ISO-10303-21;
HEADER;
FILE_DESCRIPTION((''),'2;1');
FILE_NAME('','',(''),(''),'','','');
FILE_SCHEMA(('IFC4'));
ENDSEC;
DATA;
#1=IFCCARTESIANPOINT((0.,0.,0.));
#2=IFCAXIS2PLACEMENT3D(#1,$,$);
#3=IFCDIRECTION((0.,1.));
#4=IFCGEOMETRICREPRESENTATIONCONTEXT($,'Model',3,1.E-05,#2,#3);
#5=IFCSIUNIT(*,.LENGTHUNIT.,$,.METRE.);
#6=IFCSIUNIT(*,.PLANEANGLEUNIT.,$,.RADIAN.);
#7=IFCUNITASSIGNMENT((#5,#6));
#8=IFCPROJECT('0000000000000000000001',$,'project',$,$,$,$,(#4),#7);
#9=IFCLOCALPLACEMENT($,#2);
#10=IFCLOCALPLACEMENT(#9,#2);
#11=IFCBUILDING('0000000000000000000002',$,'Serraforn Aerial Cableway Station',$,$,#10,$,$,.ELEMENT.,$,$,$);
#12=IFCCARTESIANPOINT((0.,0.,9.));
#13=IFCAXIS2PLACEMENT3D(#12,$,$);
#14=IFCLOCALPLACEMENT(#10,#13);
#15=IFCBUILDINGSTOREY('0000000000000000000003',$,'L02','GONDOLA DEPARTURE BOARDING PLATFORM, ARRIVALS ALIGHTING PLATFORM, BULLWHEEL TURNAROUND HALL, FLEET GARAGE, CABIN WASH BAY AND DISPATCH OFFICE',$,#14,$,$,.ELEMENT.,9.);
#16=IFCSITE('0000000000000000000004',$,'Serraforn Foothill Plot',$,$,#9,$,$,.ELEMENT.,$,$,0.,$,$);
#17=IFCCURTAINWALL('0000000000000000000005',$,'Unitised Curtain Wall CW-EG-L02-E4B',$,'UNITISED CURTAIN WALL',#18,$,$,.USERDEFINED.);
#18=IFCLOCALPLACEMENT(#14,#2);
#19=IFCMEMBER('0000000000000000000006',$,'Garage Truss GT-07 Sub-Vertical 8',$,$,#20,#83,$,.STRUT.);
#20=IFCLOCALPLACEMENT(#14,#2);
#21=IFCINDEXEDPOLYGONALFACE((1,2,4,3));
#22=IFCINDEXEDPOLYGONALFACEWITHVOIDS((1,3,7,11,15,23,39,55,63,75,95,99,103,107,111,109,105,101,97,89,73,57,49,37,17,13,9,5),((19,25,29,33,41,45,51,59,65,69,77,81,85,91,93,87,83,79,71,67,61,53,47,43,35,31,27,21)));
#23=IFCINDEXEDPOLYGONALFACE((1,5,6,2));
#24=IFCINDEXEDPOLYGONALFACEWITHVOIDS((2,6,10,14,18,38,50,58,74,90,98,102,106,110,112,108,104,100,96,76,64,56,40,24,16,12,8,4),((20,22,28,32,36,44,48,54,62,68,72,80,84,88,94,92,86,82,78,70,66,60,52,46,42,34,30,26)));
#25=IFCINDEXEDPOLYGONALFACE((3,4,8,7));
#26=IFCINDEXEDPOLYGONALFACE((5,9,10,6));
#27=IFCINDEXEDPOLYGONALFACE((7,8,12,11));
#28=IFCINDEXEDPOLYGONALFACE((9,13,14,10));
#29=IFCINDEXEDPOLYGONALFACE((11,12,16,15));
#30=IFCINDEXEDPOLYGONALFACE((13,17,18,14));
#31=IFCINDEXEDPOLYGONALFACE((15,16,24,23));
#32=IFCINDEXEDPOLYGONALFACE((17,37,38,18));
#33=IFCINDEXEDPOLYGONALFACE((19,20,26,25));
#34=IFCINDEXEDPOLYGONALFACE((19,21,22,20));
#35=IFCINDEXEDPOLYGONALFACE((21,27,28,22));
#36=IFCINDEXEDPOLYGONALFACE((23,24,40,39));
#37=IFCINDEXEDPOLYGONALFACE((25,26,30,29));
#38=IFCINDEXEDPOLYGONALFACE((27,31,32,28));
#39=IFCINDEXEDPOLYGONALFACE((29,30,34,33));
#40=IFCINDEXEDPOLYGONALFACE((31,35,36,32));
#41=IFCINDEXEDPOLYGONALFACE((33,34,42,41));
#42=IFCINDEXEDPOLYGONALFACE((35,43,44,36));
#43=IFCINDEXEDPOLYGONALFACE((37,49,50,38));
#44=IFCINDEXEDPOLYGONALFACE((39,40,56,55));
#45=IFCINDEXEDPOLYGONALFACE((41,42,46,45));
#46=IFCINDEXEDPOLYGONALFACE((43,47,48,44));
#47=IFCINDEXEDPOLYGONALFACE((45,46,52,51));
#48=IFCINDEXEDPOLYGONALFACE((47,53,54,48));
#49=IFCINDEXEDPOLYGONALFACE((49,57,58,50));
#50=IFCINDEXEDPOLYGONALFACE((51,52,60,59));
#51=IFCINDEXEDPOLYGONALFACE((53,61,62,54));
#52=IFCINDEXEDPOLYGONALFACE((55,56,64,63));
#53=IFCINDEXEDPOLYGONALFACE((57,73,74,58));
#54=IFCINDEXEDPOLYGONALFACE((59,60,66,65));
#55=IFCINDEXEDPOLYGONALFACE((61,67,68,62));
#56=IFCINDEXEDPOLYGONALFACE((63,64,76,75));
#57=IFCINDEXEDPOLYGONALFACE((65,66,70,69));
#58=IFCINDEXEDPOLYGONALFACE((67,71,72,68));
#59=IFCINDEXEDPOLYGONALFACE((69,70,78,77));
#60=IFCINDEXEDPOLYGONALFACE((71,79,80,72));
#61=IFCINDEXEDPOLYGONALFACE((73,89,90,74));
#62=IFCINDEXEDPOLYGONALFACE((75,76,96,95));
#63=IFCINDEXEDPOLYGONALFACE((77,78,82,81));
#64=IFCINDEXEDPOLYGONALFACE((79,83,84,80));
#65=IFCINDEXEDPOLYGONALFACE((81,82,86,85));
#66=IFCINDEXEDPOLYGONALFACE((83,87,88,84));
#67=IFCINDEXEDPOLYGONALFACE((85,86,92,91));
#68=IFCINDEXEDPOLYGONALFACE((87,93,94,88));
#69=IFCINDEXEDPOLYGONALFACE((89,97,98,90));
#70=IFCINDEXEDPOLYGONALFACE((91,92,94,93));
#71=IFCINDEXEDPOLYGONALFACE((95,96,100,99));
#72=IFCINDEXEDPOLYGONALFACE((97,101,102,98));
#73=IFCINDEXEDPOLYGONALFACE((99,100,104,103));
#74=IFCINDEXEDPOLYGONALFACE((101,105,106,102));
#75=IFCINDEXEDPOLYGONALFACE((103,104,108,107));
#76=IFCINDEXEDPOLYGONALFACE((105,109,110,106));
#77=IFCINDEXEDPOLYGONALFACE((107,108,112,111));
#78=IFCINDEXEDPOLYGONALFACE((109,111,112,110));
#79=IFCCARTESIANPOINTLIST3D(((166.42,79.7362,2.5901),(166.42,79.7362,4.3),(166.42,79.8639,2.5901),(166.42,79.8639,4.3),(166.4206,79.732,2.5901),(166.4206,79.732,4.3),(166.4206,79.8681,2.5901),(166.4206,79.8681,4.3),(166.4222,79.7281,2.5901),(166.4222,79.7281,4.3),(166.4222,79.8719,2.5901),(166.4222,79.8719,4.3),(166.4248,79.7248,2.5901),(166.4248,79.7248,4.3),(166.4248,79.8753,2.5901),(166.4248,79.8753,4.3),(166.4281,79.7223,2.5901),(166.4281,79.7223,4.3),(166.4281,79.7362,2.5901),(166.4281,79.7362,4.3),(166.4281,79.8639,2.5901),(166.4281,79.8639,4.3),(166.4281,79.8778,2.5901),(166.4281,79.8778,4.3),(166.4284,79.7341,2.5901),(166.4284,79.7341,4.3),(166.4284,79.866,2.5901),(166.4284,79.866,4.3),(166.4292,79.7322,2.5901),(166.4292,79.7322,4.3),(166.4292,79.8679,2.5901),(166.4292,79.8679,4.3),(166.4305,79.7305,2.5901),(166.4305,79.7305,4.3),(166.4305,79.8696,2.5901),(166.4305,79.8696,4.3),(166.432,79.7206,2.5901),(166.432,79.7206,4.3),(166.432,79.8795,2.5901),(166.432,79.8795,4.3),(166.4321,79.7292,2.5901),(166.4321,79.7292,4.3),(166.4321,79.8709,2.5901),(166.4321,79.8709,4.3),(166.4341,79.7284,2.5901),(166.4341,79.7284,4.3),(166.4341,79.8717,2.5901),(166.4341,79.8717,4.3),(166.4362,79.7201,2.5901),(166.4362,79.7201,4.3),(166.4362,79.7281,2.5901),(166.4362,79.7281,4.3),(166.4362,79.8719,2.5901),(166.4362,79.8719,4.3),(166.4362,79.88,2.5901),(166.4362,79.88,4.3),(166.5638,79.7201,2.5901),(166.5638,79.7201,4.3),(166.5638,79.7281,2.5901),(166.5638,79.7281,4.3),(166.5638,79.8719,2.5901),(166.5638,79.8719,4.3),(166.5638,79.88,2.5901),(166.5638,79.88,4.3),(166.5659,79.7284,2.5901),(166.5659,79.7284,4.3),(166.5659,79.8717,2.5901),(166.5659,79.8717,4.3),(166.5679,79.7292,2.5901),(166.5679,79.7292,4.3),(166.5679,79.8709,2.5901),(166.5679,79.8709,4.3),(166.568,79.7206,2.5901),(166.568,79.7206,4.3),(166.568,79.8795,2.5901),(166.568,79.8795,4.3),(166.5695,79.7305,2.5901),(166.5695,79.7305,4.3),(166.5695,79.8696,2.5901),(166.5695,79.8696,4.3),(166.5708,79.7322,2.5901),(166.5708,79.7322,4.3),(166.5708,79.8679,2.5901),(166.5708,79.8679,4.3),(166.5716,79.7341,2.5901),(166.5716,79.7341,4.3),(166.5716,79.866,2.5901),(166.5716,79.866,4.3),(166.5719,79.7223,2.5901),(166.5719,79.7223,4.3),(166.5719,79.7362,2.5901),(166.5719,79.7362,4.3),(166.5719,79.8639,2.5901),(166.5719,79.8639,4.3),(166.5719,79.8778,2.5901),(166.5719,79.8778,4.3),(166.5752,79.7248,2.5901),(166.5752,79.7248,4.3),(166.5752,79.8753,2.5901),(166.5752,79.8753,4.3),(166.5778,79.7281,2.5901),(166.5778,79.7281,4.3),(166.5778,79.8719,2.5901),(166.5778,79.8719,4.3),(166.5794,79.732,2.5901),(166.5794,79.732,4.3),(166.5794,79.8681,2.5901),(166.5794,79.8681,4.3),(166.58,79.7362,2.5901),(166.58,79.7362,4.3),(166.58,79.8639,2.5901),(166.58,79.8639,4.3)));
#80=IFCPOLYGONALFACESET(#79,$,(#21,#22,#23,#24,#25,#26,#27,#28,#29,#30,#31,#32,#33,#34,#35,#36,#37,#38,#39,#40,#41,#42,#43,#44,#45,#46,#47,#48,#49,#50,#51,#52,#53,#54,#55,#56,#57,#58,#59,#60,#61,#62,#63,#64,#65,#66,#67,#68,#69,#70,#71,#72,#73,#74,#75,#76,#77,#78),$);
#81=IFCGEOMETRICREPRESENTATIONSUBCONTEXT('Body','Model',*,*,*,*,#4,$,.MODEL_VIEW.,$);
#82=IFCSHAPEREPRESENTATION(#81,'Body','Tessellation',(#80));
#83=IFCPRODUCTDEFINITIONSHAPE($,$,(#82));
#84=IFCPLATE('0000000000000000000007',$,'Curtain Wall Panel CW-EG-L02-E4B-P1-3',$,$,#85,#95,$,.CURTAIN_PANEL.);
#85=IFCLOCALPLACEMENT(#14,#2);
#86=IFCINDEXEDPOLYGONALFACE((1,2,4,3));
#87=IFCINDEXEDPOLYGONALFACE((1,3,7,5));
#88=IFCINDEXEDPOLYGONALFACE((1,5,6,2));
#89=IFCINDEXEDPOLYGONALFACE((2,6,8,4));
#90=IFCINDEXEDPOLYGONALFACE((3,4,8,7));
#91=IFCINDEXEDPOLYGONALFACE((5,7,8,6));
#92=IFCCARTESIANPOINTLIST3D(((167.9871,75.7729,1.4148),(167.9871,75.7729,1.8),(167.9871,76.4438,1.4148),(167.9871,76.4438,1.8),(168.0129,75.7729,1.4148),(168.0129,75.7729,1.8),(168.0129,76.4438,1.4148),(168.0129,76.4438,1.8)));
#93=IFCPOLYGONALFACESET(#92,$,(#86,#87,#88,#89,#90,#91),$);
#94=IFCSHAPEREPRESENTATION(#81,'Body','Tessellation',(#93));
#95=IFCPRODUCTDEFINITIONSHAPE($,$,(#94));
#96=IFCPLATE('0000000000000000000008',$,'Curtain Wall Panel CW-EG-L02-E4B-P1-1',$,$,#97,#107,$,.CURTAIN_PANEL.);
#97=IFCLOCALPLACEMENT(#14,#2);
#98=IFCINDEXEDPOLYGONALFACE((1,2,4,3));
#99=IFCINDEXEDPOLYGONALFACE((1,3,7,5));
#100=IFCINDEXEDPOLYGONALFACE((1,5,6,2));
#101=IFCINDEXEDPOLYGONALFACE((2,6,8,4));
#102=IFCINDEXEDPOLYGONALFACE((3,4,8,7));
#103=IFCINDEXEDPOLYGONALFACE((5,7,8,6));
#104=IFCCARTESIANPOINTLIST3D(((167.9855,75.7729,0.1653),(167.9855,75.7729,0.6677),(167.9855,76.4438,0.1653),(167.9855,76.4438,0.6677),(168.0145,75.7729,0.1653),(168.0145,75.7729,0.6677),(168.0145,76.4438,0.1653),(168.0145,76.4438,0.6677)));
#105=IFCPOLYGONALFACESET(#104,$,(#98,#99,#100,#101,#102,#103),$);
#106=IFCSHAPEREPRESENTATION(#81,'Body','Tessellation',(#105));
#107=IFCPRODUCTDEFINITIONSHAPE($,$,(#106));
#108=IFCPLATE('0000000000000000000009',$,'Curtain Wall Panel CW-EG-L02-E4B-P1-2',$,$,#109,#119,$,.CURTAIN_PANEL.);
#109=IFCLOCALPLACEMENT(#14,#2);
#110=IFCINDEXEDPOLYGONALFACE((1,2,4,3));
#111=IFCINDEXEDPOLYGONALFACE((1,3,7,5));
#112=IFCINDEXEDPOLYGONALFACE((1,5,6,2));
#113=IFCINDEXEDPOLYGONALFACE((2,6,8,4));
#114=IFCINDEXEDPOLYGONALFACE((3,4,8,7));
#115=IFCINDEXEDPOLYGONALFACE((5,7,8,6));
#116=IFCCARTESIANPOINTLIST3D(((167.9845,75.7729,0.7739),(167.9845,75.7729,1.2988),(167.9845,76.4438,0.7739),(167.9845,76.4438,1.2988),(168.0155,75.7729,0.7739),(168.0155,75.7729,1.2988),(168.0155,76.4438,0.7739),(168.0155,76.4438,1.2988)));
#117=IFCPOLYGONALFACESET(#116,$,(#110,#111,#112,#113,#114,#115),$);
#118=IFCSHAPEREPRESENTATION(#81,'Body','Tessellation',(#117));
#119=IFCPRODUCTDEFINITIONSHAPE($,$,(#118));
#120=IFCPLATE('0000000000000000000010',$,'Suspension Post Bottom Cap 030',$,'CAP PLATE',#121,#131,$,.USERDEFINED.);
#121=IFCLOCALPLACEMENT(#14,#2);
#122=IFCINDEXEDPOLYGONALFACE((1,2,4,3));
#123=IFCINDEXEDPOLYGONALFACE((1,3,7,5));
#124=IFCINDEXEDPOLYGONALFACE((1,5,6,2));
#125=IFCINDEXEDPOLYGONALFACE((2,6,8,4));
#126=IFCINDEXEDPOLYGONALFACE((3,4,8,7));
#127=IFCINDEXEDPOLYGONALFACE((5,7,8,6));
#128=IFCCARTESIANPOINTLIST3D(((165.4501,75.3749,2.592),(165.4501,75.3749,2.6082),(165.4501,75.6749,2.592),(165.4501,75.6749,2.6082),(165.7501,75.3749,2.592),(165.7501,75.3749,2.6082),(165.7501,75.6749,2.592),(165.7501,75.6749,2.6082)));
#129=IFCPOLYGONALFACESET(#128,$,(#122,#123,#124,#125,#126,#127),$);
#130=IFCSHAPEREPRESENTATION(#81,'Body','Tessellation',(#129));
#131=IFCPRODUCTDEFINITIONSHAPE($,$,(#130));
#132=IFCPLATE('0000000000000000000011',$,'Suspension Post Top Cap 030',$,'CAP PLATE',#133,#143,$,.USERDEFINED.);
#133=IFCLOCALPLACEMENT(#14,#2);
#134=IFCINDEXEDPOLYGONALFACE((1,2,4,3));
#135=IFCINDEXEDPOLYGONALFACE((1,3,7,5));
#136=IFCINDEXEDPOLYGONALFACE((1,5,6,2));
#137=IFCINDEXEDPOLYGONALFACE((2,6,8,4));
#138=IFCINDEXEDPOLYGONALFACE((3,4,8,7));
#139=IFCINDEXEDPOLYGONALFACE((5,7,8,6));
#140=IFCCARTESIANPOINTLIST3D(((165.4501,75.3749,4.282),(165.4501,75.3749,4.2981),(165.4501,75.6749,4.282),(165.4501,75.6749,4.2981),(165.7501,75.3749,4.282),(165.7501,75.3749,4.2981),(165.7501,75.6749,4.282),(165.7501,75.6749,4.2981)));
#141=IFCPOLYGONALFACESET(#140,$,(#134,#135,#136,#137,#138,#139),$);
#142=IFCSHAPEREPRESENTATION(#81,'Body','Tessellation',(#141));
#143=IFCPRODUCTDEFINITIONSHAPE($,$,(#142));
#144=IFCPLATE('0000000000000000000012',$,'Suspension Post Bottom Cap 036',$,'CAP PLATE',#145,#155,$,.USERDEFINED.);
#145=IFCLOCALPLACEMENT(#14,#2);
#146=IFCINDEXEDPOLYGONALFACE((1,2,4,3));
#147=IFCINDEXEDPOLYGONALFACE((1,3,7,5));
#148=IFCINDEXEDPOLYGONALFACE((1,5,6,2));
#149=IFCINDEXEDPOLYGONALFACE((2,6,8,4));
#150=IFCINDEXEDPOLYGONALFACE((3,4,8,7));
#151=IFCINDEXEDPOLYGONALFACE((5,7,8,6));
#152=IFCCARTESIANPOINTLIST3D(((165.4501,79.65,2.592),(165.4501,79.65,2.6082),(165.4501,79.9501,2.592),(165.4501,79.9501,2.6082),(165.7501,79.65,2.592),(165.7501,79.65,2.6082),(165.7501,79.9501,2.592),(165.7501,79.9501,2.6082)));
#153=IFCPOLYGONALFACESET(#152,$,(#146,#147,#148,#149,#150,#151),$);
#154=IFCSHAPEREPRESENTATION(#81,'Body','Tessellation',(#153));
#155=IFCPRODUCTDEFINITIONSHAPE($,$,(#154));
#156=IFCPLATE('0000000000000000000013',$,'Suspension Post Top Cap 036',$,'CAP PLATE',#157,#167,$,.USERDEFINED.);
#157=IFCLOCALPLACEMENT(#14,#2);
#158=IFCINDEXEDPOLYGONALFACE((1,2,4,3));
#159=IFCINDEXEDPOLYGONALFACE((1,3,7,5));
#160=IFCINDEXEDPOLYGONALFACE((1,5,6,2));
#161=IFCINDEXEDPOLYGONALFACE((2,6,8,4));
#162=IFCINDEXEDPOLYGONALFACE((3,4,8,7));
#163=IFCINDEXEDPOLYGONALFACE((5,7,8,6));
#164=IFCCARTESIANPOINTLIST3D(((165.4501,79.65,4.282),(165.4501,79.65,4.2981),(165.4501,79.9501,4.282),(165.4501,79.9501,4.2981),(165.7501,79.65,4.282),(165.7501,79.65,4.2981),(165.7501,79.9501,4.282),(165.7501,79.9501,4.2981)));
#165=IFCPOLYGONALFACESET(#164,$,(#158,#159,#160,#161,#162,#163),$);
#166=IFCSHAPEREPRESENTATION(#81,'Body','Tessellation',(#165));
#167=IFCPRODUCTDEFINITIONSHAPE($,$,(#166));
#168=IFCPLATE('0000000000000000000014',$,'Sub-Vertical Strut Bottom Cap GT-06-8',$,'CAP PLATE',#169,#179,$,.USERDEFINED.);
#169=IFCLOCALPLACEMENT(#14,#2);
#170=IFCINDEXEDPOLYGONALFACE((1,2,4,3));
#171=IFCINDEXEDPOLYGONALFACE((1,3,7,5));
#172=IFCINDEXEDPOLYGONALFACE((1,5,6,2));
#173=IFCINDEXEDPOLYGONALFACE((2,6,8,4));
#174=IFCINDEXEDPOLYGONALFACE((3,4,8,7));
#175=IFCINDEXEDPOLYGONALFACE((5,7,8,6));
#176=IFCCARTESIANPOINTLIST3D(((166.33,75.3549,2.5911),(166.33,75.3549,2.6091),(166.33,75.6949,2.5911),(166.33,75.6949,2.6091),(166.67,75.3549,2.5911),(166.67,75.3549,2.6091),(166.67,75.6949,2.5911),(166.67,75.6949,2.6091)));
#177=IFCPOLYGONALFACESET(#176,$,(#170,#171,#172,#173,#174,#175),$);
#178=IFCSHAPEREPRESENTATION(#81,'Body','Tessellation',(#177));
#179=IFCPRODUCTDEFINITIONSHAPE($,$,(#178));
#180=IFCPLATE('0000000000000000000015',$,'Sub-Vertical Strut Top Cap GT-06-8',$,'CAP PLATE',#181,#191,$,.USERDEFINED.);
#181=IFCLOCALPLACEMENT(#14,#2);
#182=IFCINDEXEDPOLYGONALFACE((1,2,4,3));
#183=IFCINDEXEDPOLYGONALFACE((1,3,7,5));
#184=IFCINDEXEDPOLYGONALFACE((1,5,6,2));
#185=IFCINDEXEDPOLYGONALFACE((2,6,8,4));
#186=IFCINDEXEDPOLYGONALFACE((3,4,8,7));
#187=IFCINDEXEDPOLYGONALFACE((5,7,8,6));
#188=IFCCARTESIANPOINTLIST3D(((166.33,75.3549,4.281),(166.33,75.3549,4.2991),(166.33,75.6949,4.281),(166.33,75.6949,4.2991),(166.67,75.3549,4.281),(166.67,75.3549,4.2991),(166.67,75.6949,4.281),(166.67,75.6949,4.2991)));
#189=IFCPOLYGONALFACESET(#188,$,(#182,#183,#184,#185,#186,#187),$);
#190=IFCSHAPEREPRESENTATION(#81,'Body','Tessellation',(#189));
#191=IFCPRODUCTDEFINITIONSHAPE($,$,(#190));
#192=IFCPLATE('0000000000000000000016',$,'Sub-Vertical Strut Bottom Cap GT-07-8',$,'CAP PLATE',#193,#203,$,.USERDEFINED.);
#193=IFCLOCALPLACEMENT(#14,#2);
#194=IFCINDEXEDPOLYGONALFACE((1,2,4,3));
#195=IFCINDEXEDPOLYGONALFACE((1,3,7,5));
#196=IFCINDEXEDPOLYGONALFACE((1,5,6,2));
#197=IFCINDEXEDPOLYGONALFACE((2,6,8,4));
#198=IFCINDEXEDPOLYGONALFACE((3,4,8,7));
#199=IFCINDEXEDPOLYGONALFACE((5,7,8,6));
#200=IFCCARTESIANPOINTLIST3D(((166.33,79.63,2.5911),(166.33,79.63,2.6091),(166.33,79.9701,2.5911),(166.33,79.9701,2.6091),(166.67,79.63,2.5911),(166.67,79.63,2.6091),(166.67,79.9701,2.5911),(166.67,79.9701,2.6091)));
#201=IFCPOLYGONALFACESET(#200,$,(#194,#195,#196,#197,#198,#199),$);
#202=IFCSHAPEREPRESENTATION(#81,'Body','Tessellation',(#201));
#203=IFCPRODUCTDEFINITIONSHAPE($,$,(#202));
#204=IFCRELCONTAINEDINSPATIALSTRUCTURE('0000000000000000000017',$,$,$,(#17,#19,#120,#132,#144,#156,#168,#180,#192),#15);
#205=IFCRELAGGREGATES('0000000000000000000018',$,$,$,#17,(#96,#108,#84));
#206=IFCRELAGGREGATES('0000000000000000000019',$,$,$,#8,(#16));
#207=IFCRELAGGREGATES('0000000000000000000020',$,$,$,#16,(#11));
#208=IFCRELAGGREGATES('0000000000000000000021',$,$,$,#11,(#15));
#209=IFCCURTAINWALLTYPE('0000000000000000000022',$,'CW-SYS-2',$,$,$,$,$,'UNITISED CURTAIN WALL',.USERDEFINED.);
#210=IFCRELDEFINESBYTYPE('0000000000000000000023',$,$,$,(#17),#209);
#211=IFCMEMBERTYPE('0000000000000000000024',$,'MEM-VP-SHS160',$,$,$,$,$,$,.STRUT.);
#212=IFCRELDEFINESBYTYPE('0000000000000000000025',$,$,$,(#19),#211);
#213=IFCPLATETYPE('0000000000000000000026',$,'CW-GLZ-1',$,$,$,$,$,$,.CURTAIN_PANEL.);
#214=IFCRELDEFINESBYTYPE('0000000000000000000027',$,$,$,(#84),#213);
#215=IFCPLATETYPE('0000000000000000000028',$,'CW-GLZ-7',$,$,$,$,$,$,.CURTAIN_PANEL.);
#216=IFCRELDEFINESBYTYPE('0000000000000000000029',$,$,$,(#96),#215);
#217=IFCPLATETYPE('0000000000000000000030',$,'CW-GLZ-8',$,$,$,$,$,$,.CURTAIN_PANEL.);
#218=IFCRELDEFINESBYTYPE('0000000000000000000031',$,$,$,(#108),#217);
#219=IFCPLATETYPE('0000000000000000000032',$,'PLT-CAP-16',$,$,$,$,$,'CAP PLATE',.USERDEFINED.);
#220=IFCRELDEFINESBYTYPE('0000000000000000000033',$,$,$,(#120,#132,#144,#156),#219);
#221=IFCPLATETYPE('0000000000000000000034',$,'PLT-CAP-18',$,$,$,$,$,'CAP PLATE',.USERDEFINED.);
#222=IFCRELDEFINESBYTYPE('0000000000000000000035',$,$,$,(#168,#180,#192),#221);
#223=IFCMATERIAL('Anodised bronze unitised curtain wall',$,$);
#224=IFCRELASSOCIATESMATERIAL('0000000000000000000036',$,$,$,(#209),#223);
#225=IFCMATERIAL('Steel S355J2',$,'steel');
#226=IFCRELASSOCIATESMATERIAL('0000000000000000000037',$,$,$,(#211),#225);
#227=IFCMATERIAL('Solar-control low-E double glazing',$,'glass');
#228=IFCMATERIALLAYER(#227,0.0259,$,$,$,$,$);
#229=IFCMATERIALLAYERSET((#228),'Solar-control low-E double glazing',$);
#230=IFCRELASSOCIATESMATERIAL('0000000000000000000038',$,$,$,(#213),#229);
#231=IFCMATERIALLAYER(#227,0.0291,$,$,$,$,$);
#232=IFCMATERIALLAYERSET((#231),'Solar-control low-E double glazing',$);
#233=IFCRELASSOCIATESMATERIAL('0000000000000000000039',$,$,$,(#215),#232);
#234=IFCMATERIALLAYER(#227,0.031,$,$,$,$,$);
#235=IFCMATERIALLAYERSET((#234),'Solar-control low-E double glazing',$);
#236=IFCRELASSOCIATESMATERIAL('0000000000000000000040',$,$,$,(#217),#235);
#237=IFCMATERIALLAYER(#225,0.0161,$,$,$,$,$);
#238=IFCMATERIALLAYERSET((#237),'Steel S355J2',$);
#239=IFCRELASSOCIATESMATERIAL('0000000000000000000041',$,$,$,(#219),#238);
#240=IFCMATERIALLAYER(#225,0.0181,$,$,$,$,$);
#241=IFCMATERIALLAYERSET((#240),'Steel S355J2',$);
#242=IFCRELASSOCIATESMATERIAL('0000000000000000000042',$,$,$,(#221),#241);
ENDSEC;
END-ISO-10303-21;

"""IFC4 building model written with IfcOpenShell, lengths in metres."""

from ifc_helpers import new_model, si_unit, direction, frame, origin, origin_2d, place, context, subcontext, project, spatial, rectangle, hollow_rectangle, extrude, material, layer, layer_set, material_profile, profile_set, type_object, element, aggregate, save


model = new_model("IFC4")

# Units and contexts
model_context = context("Model", 3, precision=1e-05, world=origin(), true_north=direction((0.0, 1.0)))
body_context = subcontext(model_context, "Body", "Model", "MODEL_VIEW")
ifc_project = project(units=[si_unit("LENGTHUNIT", "METRE"), si_unit("PLANEANGLEUNIT", "RADIAN")], contexts=[model_context])

# Site, building, storey
site_placement = place(None, origin())
site = spatial("IfcSite", under=ifc_project, at=site_placement, Name="Serraforn Foothill Plot", CompositionType="ELEMENT", RefElevation=0.0)
building_placement = place(site_placement, origin())
building = spatial("IfcBuilding", under=site, at=building_placement, Name="Serraforn Aerial Cableway Station", CompositionType="ELEMENT")
storey_placement = place(building_placement, frame((0.0, 0.0, 9.0)))
storey = spatial("IfcBuildingStorey", under=building, at=storey_placement, Name="L02", Description="GONDOLA DEPARTURE BOARDING PLATFORM, ARRIVALS ALIGHTING PLATFORM, BULLWHEEL TURNAROUND HALL, FLEET GARAGE, CABIN WASH BAY AND DISPATCH OFFICE", CompositionType="ELEMENT", Elevation=9.0)

# Curtain wall
ifc_material_1 = material(Name="Anodised bronze unitised curtain wall")
curtain_wall_type = type_object("IfcCurtainWallType", Name="CW-SYS-2", ElementType="UNITISED CURTAIN WALL", PredefinedType="USERDEFINED", material=ifc_material_1)
curtain_wall_placement = place(storey_placement, origin())
curtain_wall = element("IfcCurtainWall", 1, at=curtain_wall_placement, inside=storey, type_object=curtain_wall_type, Name="Unitised Curtain Wall CW-EG-L02-E4B", ObjectType="UNITISED CURTAIN WALL", PredefinedType="USERDEFINED")

# Member
ifc_material_2 = material(Name="Steel S355J2", Category="steel")
ifc_material_profile_1 = material_profile(ifc_material_2, hollow_rectangle(XDim=0.1599, YDim=0.1599, WallThickness=0.0081, InnerFilletRadius=0.0081, OuterFilletRadius=0.0161, at=origin_2d()), Name="SHS 160x160x8.0")
ifc_profile_set_1 = profile_set([ifc_material_profile_1], Name="Steel S355J2")
member_type_1 = type_object("IfcMemberType", Name="MEM-VP-SHS160", PredefinedType="STRUT", material=ifc_profile_set_1)
for number, where, z_axis, x_axis, name in (
    (2, (166.5, 79.8, 2.5901), (0.0, 0.0, 1.0), (1.0, 0.0, 0.0), "Garage Truss GT-07 Sub-Vertical 8"),
):
    element("IfcMember", number, at=place(storey_placement, frame(where, z_axis=z_axis, x_axis=x_axis)), inside=storey, type_object=member_type_1, Name=name, PredefinedType="STRUT", context=body_context, shape_type="SweptSolid", body=[
        extrude(hollow_rectangle(XDim=0.1599, YDim=0.1599, WallThickness=0.0081, InnerFilletRadius=0.0081, OuterFilletRadius=0.0161, at=origin_2d()), origin(), (0.0, 0.0, 1.0), 1.71),
    ])

# Plates
ifc_material_3 = material(Name="Solar-control low-E double glazing", Category="glass")
ifc_layer_1 = layer(ifc_material_3, 0.0259)
ifc_layer_set_1 = layer_set([ifc_layer_1], Name="Solar-control low-E double glazing")
plate_type_1 = type_object("IfcPlateType", Name="CW-GLZ-1", PredefinedType="CURTAIN_PANEL", material=ifc_layer_set_1)
plate_1_placement = place(storey_placement, frame((168.0, 76.1084, 1.4148), z_axis=(0.0, 0.0, 1.0), x_axis=(1.0, 0.0, 0.0)))
plate_1 = element("IfcPlate", 3, at=plate_1_placement, type_object=plate_type_1, Name="Curtain Wall Panel CW-EG-L02-E4B-P1-3", PredefinedType="CURTAIN_PANEL", context=body_context, shape_type="SweptSolid", body=[
    extrude(rectangle(XDim=0.0259, YDim=0.6709, at=origin_2d()), origin(), (0.0, 0.0, 1.0), 0.3853),
])
ifc_layer_2 = layer(ifc_material_3, 0.0291)
ifc_layer_set_2 = layer_set([ifc_layer_2], Name="Solar-control low-E double glazing")
plate_type_2 = type_object("IfcPlateType", Name="CW-GLZ-7", PredefinedType="CURTAIN_PANEL", material=ifc_layer_set_2)
plate_2_placement = place(storey_placement, frame((168.0, 76.1084, 0.1653), z_axis=(0.0, 0.0, 1.0), x_axis=(1.0, 0.0, 0.0)))
plate_2 = element("IfcPlate", 4, at=plate_2_placement, type_object=plate_type_2, Name="Curtain Wall Panel CW-EG-L02-E4B-P1-1", PredefinedType="CURTAIN_PANEL", context=body_context, shape_type="SweptSolid", body=[
    extrude(rectangle(XDim=0.0291, YDim=0.6709, at=origin_2d()), origin(), (0.0, 0.0, 1.0), 0.5024),
])
ifc_layer_3 = layer(ifc_material_3, 0.031)
ifc_layer_set_3 = layer_set([ifc_layer_3], Name="Solar-control low-E double glazing")
plate_type_3 = type_object("IfcPlateType", Name="CW-GLZ-8", PredefinedType="CURTAIN_PANEL", material=ifc_layer_set_3)
plate_3_placement = place(storey_placement, frame((168.0, 76.1084, 0.7739), z_axis=(0.0, 0.0, 1.0), x_axis=(1.0, 0.0, 0.0)))
plate_3 = element("IfcPlate", 5, at=plate_3_placement, type_object=plate_type_3, Name="Curtain Wall Panel CW-EG-L02-E4B-P1-2", PredefinedType="CURTAIN_PANEL", context=body_context, shape_type="SweptSolid", body=[
    extrude(rectangle(XDim=0.031, YDim=0.6709, at=origin_2d()), origin(), (0.0, 0.0, 1.0), 0.5249),
])
aggregate(curtain_wall, [plate_2, plate_3, plate_1])

# Plates
ifc_layer_4 = layer(ifc_material_2, 0.0161)
ifc_layer_set_4 = layer_set([ifc_layer_4], Name="Steel S355J2")
plate_type_4 = type_object("IfcPlateType", Name="PLT-CAP-16", ElementType="CAP PLATE", PredefinedType="USERDEFINED", material=ifc_layer_set_4)
for number, where, z_axis, x_axis, name in (
    (6, (165.6001, 75.5249, 2.592), (0.0, 0.0, 1.0), (1.0, 0.0, 0.0), "Suspension Post Bottom Cap 030"),
    (7, (165.6001, 75.5249, 4.282), (0.0, 0.0, 1.0), (1.0, 0.0, 0.0), "Suspension Post Top Cap 030"),
    (8, (165.6001, 79.8, 2.592), (0.0, 0.0, 1.0), (1.0, 0.0, 0.0), "Suspension Post Bottom Cap 036"),
    (9, (165.6001, 79.8, 4.282), (0.0, 0.0, 1.0), (1.0, 0.0, 0.0), "Suspension Post Top Cap 036"),
):
    element("IfcPlate", number, at=place(storey_placement, frame(where, z_axis=z_axis, x_axis=x_axis)), inside=storey, type_object=plate_type_4, Name=name, ObjectType="CAP PLATE", PredefinedType="USERDEFINED", context=body_context, shape_type="SweptSolid", body=[
        extrude(rectangle(XDim=0.3, YDim=0.3, at=origin_2d()), origin(), (0.0, 0.0, 1.0), 0.0161),
    ])
ifc_layer_5 = layer(ifc_material_2, 0.0181)
ifc_layer_set_5 = layer_set([ifc_layer_5], Name="Steel S355J2")
plate_type_5 = type_object("IfcPlateType", Name="PLT-CAP-18", ElementType="CAP PLATE", PredefinedType="USERDEFINED", material=ifc_layer_set_5)
for number, where, z_axis, x_axis, name in (
    (10, (166.5, 75.5249, 2.5911), (0.0, 0.0, 1.0), (1.0, 0.0, 0.0), "Sub-Vertical Strut Bottom Cap GT-06-8"),
    (11, (166.5, 75.5249, 4.281), (0.0, 0.0, 1.0), (1.0, 0.0, 0.0), "Sub-Vertical Strut Top Cap GT-06-8"),
    (12, (166.5, 79.8, 2.5911), (0.0, 0.0, 1.0), (1.0, 0.0, 0.0), "Sub-Vertical Strut Bottom Cap GT-07-8"),
):
    element("IfcPlate", number, at=place(storey_placement, frame(where, z_axis=z_axis, x_axis=x_axis)), inside=storey, type_object=plate_type_5, Name=name, ObjectType="CAP PLATE", PredefinedType="USERDEFINED", context=body_context, shape_type="SweptSolid", body=[
        extrude(rectangle(XDim=0.3401, YDim=0.3401, at=origin_2d()), origin(), (0.0, 0.0, 1.0), 0.0181),
    ])

save(model, "model.ifc")
